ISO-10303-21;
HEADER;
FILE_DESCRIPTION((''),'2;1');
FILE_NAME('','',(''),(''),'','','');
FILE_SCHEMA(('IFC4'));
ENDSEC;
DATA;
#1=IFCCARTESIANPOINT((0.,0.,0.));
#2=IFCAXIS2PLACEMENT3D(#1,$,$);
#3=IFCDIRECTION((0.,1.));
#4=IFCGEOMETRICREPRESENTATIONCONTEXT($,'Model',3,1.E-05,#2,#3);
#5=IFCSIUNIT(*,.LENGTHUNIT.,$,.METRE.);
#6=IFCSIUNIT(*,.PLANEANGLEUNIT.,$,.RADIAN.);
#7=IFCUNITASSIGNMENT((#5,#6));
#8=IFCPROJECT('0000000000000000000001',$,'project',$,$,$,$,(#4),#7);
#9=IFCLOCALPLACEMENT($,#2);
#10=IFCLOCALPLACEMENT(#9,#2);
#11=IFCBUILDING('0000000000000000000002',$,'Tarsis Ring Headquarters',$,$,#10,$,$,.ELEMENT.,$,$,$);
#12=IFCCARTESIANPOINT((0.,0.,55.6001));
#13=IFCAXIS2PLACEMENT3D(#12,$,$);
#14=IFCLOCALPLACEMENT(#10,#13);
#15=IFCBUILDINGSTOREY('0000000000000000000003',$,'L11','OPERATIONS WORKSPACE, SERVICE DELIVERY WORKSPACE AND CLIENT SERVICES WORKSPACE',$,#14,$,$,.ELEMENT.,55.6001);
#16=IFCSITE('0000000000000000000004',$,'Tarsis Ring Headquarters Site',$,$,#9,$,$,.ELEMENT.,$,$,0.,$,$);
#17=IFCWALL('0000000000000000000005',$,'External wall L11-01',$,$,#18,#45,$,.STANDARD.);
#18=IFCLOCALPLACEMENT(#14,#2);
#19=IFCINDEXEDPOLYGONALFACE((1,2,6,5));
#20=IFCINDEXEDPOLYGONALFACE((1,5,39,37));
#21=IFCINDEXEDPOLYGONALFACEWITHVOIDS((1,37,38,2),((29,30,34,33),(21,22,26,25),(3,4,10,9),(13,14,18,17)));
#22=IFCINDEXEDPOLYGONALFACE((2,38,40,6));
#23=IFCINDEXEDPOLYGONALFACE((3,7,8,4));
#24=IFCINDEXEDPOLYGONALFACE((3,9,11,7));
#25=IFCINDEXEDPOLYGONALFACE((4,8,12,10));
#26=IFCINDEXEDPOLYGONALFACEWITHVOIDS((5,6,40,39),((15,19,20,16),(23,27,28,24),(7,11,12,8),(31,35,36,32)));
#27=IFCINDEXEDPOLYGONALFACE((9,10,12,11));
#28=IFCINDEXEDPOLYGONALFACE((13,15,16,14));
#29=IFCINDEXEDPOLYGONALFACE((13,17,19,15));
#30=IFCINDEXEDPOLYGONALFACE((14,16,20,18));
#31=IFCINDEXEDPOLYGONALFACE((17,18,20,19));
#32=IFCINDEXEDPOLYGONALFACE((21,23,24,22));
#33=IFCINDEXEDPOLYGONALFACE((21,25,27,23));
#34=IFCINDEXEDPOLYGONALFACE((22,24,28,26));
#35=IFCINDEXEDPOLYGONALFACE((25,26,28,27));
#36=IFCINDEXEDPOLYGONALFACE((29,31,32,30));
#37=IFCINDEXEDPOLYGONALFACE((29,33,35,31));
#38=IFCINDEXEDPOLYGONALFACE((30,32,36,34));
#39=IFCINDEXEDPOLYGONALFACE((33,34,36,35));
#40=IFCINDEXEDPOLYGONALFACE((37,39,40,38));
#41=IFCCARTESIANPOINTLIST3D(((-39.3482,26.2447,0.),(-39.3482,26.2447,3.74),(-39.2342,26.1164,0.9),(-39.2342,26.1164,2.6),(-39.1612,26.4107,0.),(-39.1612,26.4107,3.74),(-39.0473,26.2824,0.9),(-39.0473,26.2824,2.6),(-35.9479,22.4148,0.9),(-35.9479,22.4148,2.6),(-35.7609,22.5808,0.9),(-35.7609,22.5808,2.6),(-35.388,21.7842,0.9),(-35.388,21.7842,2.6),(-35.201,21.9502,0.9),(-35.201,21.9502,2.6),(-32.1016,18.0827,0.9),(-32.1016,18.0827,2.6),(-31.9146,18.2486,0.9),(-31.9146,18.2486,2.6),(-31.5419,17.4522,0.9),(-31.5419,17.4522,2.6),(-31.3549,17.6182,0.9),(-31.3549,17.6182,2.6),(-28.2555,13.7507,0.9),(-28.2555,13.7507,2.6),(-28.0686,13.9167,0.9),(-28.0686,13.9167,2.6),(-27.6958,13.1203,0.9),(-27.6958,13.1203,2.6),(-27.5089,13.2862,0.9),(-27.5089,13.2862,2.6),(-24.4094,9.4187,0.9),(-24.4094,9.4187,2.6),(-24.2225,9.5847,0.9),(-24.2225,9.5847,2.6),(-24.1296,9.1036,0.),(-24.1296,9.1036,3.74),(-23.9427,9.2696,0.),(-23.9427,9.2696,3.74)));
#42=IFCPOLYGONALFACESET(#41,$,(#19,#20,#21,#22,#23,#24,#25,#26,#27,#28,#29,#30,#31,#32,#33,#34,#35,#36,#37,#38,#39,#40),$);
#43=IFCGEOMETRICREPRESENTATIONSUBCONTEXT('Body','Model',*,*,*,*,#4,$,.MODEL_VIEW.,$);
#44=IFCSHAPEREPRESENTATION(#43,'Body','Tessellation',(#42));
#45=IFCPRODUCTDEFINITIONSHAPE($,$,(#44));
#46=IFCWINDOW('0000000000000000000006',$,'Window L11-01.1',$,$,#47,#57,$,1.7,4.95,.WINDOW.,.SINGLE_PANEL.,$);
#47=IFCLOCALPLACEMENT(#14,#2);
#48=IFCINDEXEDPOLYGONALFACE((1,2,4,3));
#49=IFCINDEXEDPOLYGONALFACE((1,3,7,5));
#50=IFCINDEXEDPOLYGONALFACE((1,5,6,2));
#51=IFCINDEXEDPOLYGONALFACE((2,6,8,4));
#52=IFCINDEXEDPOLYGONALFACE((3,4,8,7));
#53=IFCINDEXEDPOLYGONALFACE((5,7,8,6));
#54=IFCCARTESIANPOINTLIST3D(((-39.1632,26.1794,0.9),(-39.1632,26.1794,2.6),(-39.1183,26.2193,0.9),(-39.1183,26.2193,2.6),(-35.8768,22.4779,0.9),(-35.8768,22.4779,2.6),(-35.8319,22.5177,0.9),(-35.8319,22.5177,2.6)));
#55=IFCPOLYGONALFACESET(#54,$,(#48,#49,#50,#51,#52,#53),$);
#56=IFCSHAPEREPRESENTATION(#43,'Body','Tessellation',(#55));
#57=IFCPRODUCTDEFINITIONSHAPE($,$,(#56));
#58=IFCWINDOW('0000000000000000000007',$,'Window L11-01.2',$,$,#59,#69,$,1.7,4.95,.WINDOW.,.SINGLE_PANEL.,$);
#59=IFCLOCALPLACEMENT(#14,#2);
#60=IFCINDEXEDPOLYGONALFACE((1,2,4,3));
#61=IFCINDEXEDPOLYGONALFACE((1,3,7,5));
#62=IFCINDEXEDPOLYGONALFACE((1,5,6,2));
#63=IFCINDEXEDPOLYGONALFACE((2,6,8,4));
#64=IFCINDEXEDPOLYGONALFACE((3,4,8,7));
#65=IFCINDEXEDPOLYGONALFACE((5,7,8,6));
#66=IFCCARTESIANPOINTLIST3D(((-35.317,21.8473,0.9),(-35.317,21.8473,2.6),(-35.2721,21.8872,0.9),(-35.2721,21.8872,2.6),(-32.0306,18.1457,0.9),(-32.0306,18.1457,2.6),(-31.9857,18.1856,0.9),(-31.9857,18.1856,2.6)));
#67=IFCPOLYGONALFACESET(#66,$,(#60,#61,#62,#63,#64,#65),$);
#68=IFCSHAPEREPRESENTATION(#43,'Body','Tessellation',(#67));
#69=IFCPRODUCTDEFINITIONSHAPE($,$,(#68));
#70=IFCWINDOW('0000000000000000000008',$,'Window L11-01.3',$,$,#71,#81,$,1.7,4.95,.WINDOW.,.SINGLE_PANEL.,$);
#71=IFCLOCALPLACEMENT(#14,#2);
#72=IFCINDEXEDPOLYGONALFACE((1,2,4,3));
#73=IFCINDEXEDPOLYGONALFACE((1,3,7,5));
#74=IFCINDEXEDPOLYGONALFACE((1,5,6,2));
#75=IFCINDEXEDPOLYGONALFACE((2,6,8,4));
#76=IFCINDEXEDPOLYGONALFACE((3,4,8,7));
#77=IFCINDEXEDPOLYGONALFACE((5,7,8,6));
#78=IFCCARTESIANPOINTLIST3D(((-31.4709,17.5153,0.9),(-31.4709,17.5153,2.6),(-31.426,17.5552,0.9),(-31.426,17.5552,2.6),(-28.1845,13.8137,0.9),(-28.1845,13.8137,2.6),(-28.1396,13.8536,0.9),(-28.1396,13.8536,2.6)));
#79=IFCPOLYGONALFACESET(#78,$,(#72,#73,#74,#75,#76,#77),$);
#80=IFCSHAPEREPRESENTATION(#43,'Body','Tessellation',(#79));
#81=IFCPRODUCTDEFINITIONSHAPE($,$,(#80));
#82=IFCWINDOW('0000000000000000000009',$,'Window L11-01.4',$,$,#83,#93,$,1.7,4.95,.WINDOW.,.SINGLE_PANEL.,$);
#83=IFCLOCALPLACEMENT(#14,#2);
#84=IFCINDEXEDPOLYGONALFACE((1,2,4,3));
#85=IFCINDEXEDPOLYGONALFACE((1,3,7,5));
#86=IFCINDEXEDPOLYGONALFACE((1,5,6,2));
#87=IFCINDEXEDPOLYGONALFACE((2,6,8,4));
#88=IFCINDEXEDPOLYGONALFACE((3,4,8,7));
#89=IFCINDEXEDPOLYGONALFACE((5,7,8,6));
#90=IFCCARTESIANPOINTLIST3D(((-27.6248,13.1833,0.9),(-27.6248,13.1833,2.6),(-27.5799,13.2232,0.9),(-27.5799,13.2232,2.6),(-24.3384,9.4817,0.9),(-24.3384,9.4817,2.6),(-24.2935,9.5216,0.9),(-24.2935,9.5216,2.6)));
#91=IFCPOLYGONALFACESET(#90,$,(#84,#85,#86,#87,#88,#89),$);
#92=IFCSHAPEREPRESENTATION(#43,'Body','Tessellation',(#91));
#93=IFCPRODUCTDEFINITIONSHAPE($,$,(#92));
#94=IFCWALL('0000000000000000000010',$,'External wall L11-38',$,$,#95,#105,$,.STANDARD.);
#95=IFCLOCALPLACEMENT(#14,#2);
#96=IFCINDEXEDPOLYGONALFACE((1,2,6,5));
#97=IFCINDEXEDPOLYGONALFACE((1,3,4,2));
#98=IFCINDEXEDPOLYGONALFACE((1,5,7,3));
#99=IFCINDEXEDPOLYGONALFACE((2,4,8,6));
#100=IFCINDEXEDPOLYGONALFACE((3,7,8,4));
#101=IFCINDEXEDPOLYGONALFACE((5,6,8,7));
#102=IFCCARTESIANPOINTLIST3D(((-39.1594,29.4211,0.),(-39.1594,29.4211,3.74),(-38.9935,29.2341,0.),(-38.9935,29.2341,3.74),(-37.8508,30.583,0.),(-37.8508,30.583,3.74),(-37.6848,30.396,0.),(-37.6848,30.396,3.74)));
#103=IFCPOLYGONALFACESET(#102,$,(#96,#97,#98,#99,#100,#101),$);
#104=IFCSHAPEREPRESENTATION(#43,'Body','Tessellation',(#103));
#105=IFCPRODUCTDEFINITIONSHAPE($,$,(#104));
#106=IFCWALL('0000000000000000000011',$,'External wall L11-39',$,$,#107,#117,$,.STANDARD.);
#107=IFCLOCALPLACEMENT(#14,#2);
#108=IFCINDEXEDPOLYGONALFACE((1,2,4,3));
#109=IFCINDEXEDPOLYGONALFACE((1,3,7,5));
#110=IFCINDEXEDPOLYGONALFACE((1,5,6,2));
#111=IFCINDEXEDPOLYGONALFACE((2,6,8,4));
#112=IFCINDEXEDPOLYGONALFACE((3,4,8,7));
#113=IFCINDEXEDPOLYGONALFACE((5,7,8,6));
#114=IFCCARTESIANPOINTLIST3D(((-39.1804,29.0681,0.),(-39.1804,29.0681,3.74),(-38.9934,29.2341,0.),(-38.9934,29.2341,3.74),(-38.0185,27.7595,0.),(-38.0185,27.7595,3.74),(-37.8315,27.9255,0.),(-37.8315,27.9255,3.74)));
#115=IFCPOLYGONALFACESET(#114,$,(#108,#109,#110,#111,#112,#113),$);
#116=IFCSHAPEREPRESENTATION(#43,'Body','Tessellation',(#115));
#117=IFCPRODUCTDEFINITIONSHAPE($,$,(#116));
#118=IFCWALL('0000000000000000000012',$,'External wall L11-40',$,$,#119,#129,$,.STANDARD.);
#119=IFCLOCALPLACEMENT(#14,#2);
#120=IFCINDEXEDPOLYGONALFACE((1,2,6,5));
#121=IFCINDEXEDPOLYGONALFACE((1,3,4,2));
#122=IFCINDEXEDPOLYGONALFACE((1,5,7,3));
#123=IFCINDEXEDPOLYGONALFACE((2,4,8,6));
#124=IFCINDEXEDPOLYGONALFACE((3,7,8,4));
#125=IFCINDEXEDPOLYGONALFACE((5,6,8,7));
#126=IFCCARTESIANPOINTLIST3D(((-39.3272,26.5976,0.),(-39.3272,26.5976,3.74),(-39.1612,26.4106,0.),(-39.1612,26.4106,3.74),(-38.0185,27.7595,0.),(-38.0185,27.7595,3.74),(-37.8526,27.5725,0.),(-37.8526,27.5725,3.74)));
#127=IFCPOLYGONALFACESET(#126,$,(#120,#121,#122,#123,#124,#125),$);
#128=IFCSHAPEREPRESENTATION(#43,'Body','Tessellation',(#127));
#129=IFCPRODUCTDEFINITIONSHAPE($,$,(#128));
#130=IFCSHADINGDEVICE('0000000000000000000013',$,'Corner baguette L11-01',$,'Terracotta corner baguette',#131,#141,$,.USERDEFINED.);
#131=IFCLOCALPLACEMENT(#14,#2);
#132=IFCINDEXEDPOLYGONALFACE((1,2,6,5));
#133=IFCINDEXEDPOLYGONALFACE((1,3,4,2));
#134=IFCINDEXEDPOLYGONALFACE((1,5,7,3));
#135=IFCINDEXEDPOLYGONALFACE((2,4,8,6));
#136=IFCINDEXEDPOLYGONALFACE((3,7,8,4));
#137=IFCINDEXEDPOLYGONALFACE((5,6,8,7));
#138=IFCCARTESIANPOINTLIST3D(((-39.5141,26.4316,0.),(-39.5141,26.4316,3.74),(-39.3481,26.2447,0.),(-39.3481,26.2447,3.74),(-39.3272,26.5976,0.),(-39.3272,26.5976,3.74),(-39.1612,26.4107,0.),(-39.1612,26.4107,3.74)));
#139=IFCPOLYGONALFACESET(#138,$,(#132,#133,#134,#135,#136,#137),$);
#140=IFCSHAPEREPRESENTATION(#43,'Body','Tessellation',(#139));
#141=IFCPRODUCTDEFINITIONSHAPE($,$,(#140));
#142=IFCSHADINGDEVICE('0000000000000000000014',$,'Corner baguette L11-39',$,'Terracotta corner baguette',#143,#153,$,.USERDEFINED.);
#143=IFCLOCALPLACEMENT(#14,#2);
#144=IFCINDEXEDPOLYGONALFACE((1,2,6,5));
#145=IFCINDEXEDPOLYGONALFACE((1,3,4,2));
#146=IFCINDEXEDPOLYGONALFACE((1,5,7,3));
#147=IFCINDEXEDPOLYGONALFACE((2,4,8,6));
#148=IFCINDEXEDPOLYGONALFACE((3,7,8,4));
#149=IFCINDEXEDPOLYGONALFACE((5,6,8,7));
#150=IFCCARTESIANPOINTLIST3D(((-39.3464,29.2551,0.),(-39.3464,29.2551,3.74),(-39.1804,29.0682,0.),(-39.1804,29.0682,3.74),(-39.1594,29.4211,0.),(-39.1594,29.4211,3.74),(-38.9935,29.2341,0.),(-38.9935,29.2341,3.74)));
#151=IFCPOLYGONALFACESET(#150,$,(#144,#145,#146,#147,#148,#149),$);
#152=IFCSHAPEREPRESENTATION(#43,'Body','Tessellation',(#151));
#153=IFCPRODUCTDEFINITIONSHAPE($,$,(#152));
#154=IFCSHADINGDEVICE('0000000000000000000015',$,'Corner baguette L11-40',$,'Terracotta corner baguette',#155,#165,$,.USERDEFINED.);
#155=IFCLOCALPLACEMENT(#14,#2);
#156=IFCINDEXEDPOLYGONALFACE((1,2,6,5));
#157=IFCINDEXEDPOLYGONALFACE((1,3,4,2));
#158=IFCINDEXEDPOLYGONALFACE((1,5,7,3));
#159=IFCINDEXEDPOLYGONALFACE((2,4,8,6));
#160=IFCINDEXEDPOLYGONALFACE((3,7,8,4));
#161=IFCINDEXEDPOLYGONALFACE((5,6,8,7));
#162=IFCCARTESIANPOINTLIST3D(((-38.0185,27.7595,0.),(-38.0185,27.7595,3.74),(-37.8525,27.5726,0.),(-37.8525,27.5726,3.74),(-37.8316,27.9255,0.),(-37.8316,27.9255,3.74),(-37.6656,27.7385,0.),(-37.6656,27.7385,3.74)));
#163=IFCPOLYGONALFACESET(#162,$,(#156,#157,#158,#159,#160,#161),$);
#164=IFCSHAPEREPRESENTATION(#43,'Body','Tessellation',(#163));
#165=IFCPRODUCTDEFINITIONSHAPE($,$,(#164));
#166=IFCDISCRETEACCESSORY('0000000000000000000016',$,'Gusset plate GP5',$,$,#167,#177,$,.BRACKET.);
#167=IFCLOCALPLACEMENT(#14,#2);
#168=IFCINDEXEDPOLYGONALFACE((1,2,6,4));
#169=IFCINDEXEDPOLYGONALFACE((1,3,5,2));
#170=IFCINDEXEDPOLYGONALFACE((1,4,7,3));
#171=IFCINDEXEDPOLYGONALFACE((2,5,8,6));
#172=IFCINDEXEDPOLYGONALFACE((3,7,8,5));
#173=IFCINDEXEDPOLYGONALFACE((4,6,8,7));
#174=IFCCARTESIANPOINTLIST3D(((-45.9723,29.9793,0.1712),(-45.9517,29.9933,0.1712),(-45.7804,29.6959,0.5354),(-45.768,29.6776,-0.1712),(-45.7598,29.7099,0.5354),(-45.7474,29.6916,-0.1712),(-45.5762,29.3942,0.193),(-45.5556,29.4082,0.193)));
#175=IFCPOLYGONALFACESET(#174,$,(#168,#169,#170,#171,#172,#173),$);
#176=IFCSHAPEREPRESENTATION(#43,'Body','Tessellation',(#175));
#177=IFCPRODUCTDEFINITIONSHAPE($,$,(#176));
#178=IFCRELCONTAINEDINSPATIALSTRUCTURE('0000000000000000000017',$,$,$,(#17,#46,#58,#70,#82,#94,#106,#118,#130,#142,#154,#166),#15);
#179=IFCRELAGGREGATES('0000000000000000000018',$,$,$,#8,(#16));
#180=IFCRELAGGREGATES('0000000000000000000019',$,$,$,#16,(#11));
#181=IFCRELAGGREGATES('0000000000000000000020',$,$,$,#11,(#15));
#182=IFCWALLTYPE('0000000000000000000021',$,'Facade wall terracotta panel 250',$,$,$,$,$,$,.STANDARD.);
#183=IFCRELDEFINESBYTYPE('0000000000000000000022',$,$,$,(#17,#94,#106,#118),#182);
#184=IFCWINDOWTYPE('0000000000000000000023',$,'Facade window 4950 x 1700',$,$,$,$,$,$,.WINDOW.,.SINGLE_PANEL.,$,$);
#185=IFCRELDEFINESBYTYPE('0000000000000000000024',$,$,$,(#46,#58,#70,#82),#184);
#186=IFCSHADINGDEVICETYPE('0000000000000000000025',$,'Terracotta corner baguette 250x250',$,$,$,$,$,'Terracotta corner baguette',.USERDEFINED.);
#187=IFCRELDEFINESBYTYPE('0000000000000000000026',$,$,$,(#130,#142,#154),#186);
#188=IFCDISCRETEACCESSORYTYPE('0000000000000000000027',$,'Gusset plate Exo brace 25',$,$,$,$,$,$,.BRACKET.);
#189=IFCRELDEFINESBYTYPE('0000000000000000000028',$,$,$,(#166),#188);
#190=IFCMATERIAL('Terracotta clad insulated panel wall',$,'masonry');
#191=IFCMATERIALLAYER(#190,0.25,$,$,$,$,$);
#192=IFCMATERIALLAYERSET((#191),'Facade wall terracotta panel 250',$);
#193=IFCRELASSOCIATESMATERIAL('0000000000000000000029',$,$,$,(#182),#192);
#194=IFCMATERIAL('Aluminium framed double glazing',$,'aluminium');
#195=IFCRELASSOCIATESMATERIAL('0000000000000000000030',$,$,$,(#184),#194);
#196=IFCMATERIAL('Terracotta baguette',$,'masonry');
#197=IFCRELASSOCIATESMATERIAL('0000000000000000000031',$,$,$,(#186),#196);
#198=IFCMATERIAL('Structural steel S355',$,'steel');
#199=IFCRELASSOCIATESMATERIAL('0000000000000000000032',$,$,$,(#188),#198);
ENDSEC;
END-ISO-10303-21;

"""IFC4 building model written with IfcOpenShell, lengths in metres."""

from ifc_helpers import new_model, si_unit, direction, frame, frame_2d, origin, origin_2d, place, context, subcontext, project, spatial, rectangle, extrude, material, layer, layer_set, material_profile, profile_set, type_object, element, fill, save


model = new_model("IFC4")

# Units and contexts
model_context = context("Model", 3, precision=1e-05, world=origin(), true_north=direction((0.0, 1.0)))
body_context = subcontext(model_context, "Body", "Model", "MODEL_VIEW")
ifc_project = project(units=[si_unit("LENGTHUNIT", "METRE"), si_unit("PLANEANGLEUNIT", "RADIAN")], contexts=[model_context])

# Site, building, storey
site_placement = place(None, origin())
site = spatial("IfcSite", under=ifc_project, at=site_placement, Name="Tarsis Ring Headquarters Site", CompositionType="ELEMENT", RefElevation=0.0)
building_placement = place(site_placement, origin())
building = spatial("IfcBuilding", under=site, at=building_placement, Name="Tarsis Ring Headquarters", CompositionType="ELEMENT")
storey_placement = place(building_placement, frame((0.0, 0.0, 55.6001)))
storey = spatial("IfcBuildingStorey", under=building, at=storey_placement, Name="L11", Description="OPERATIONS WORKSPACE, SERVICE DELIVERY WORKSPACE AND CLIENT SERVICES WORKSPACE", CompositionType="ELEMENT", Elevation=55.6001)

# Shared definitions
ifc_material_1 = material(Name="Structural steel S355", Category="steel")

# Wall, openings, windows
ifc_material_2 = material(Name="Terracotta clad insulated panel wall", Category="masonry")
ifc_layer = layer(ifc_material_2, 0.25)
ifc_layer_set = layer_set([ifc_layer], Name="Facade wall terracotta panel 250")
wall_type = type_object("IfcWallType", Name="Facade wall terracotta panel 250", PredefinedType="STANDARD", material=ifc_layer_set)
wall_placement = place(storey_placement, frame((-39.2546, 26.3276, 0.0), z_axis=(0.0, 0.0, 1.0), x_axis=(0.663924, -0.7478, 0.0)))
wall = element("IfcWall", 1, at=wall_placement, inside=storey, type_object=wall_type, Name="External wall L11-01", PredefinedType="STANDARD", context=body_context, shape_type="SweptSolid", body=[
    extrude(rectangle(XDim=22.9221, YDim=0.25, at=frame_2d((11.4609, 0.0))), origin(), (0.0, 0.0, 1.0), 3.74),
])
opening_1_placement = place(wall_placement, frame((0.1714, 0.0, 0.8999)))
opening_1 = element("IfcOpeningElement", 2, at=opening_1_placement, cuts=wall, PredefinedType="OPENING", context=body_context, shape_type="SweptSolid", body=[
    extrude(rectangle(XDim=4.95, YDim=1.7, at=frame_2d((2.4751, 0.8501))), frame((0.0, 0.135, 0.0), z_axis=(0.0, -1.0, 0.0), x_axis=(1.0, 0.0, 0.0)), (0.0, 0.0, 1.0), 0.27),
])
opening_2_placement = place(wall_placement, frame((5.9646, 0.0, 0.8999)))
opening_2 = element("IfcOpeningElement", 3, at=opening_2_placement, cuts=wall, PredefinedType="OPENING", context=body_context, shape_type="SweptSolid", body=[
    extrude(rectangle(XDim=4.95, YDim=1.7, at=frame_2d((2.4751, 0.8501))), frame((0.0, 0.135, 0.0), z_axis=(0.0, -1.0, 0.0), x_axis=(1.0, 0.0, 0.0)), (0.0, 0.0, 1.0), 0.27),
])
opening_3_placement = place(wall_placement, frame((11.7576, 0.0, 0.8999)))
opening_3 = element("IfcOpeningElement", 4, at=opening_3_placement, cuts=wall, PredefinedType="OPENING", context=body_context, shape_type="SweptSolid", body=[
    extrude(rectangle(XDim=4.95, YDim=1.7, at=frame_2d((2.4751, 0.8501))), frame((0.0, 0.135, 0.0), z_axis=(0.0, -1.0, 0.0), x_axis=(1.0, 0.0, 0.0)), (0.0, 0.0, 1.0), 0.27),
])
opening_4_placement = place(wall_placement, frame((17.5505, 0.0, 0.8999)))
opening_4 = element("IfcOpeningElement", 5, at=opening_4_placement, cuts=wall, PredefinedType="OPENING", context=body_context, shape_type="SweptSolid", body=[
    extrude(rectangle(XDim=4.95, YDim=1.7, at=frame_2d((2.4751, 0.8501))), frame((0.0, 0.135, 0.0), z_axis=(0.0, -1.0, 0.0), x_axis=(1.0, 0.0, 0.0)), (0.0, 0.0, 1.0), 0.27),
])
ifc_material_3 = material(Name="Aluminium framed double glazing", Category="aluminium")
window_type = type_object("IfcWindowType", Name="Facade window 4950 x 1700", PartitioningType="SINGLE_PANEL", PredefinedType="WINDOW", material=ifc_material_3)
window_1_placement = place(opening_1_placement, origin())
window_1 = element("IfcWindow", 6, at=window_1_placement, inside=storey, type_object=window_type, Name="Window L11-01.1", OverallHeight=1.7, OverallWidth=4.95, PartitioningType="SINGLE_PANEL", PredefinedType="WINDOW", context=body_context, shape_type="SweptSolid", body=[
    extrude(rectangle(XDim=4.95, YDim=1.7, at=frame_2d((2.4751, 0.8501))), frame((0.0, 0.03, 0.0), z_axis=(0.0, -1.0, 0.0), x_axis=(1.0, 0.0, 0.0)), (0.0, 0.0, 1.0), 0.0601),
])
fill(opening_1, window_1)
window_2_placement = place(opening_2_placement, origin())
window_2 = element("IfcWindow", 7, at=window_2_placement, inside=storey, type_object=window_type, Name="Window L11-01.2", OverallHeight=1.7, OverallWidth=4.95, PartitioningType="SINGLE_PANEL", PredefinedType="WINDOW", context=body_context, shape_type="SweptSolid", body=[
    extrude(rectangle(XDim=4.95, YDim=1.7, at=frame_2d((2.4751, 0.8501))), frame((0.0, 0.03, 0.0), z_axis=(0.0, -1.0, 0.0), x_axis=(1.0, 0.0, 0.0)), (0.0, 0.0, 1.0), 0.0601),
])
fill(opening_2, window_2)
window_3_placement = place(opening_3_placement, origin())
window_3 = element("IfcWindow", 8, at=window_3_placement, inside=storey, type_object=window_type, Name="Window L11-01.3", OverallHeight=1.7, OverallWidth=4.95, PartitioningType="SINGLE_PANEL", PredefinedType="WINDOW", context=body_context, shape_type="SweptSolid", body=[
    extrude(rectangle(XDim=4.95, YDim=1.7, at=frame_2d((2.4751, 0.8501))), frame((0.0, 0.03, 0.0), z_axis=(0.0, -1.0, 0.0), x_axis=(1.0, 0.0, 0.0)), (0.0, 0.0, 1.0), 0.0601),
])
fill(opening_3, window_3)
window_4_placement = place(opening_4_placement, origin())
window_4 = element("IfcWindow", 9, at=window_4_placement, inside=storey, type_object=window_type, Name="Window L11-01.4", OverallHeight=1.7, OverallWidth=4.95, PartitioningType="SINGLE_PANEL", PredefinedType="WINDOW", context=body_context, shape_type="SweptSolid", body=[
    extrude(rectangle(XDim=4.95, YDim=1.7, at=frame_2d((2.4751, 0.8501))), frame((0.0, 0.03, 0.0), z_axis=(0.0, -1.0, 0.0), x_axis=(1.0, 0.0, 0.0)), (0.0, 0.0, 1.0), 0.0601),
])
fill(opening_4, window_4)

# Walls
for number, where, z_axis, x_axis, name in (
    (10, (-37.7678, 30.4895, 0.0), (0.0, 0.0, 1.0), (-0.747786, -0.663939, 0.0), "External wall L11-38"),
    (11, (-39.0869, 29.1511, 0.0), (0.0, 0.0, 1.0), (0.663939, -0.747786, 0.0), "External wall L11-39"),
    (12, (-37.9355, 27.666, 0.0), (0.0, 0.0, 1.0), (-0.747786, -0.663939, 0.0), "External wall L11-40"),
):
    element("IfcWall", number, at=place(storey_placement, frame(where, z_axis=z_axis, x_axis=x_axis)), inside=storey, type_object=wall_type, Name=name, PredefinedType="STANDARD", context=body_context, shape_type="SweptSolid", body=[
        extrude(rectangle(XDim=1.75, YDim=0.25, at=frame_2d((0.875, 0.0))), origin(), (0.0, 0.0, 1.0), 3.74),
    ])

# Shading devices
ifc_material_4 = material(Name="Terracotta baguette", Category="masonry")
shading_device_type_1 = type_object("IfcShadingDeviceType", Name="Terracotta corner baguette 250x250", ElementType="Terracotta corner baguette", PredefinedType="USERDEFINED", material=ifc_material_4)
for number, where, z_axis, x_axis, name in (
    (13, (-39.3376, 26.4211, 0.0), (0.0, 0.0, 1.0), (-0.747798, -0.663926, 0.0), "Corner baguette L11-01"),
    (14, (-39.1699, 29.2446, 0.0), (0.0, 0.0, 1.0), (-0.747798, -0.663926, 0.0), "Corner baguette L11-39"),
    (15, (-37.842, 27.749, 0.0), (0.0, 0.0, 1.0), (0.663926, -0.747798, 0.0), "Corner baguette L11-40"),
):
    element("IfcShadingDevice", number, at=place(storey_placement, frame(where, z_axis=z_axis, x_axis=x_axis)), inside=storey, type_object=shading_device_type_1, Name=name, ObjectType="Terracotta corner baguette", PredefinedType="USERDEFINED", context=body_context, shape_type="SweptSolid", body=[
        extrude(rectangle(XDim=0.25, YDim=0.25, at=origin_2d()), origin(), (0.0, 0.0, 1.0), 3.74),
    ])

# Discrete accessory
ifc_material_profile_1 = material_profile(ifc_material_1, rectangle(XDim=0.0249, YDim=0.5, at=origin_2d()), Name="PL 25x500")
ifc_profile_set_1 = profile_set([ifc_material_profile_1], Name="Structural steel S355")
discrete_accessory_type = type_object("IfcDiscreteAccessoryType", Name="Gusset plate Exo brace 25", PredefinedType="BRACKET", material=ifc_profile_set_1)
discrete_accessory_1_placement = place(storey_placement, frame((-45.8599, 29.8354, 0.0), z_axis=(0.383905, -0.567065, 0.728735), x_axis=(0.828079, 0.560612, 0.0)))
element("IfcDiscreteAccessory", 16, at=discrete_accessory_1_placement, inside=storey, type_object=discrete_accessory_type, Name="Gusset plate GP5", PredefinedType="BRACKET", context=body_context, shape_type="SweptSolid", body=[
    extrude(rectangle(XDim=0.0249, YDim=0.5, at=origin_2d()), origin(), (0.0, 0.0, 1.0), 0.4998),
])

save(model, "model.ifc")
